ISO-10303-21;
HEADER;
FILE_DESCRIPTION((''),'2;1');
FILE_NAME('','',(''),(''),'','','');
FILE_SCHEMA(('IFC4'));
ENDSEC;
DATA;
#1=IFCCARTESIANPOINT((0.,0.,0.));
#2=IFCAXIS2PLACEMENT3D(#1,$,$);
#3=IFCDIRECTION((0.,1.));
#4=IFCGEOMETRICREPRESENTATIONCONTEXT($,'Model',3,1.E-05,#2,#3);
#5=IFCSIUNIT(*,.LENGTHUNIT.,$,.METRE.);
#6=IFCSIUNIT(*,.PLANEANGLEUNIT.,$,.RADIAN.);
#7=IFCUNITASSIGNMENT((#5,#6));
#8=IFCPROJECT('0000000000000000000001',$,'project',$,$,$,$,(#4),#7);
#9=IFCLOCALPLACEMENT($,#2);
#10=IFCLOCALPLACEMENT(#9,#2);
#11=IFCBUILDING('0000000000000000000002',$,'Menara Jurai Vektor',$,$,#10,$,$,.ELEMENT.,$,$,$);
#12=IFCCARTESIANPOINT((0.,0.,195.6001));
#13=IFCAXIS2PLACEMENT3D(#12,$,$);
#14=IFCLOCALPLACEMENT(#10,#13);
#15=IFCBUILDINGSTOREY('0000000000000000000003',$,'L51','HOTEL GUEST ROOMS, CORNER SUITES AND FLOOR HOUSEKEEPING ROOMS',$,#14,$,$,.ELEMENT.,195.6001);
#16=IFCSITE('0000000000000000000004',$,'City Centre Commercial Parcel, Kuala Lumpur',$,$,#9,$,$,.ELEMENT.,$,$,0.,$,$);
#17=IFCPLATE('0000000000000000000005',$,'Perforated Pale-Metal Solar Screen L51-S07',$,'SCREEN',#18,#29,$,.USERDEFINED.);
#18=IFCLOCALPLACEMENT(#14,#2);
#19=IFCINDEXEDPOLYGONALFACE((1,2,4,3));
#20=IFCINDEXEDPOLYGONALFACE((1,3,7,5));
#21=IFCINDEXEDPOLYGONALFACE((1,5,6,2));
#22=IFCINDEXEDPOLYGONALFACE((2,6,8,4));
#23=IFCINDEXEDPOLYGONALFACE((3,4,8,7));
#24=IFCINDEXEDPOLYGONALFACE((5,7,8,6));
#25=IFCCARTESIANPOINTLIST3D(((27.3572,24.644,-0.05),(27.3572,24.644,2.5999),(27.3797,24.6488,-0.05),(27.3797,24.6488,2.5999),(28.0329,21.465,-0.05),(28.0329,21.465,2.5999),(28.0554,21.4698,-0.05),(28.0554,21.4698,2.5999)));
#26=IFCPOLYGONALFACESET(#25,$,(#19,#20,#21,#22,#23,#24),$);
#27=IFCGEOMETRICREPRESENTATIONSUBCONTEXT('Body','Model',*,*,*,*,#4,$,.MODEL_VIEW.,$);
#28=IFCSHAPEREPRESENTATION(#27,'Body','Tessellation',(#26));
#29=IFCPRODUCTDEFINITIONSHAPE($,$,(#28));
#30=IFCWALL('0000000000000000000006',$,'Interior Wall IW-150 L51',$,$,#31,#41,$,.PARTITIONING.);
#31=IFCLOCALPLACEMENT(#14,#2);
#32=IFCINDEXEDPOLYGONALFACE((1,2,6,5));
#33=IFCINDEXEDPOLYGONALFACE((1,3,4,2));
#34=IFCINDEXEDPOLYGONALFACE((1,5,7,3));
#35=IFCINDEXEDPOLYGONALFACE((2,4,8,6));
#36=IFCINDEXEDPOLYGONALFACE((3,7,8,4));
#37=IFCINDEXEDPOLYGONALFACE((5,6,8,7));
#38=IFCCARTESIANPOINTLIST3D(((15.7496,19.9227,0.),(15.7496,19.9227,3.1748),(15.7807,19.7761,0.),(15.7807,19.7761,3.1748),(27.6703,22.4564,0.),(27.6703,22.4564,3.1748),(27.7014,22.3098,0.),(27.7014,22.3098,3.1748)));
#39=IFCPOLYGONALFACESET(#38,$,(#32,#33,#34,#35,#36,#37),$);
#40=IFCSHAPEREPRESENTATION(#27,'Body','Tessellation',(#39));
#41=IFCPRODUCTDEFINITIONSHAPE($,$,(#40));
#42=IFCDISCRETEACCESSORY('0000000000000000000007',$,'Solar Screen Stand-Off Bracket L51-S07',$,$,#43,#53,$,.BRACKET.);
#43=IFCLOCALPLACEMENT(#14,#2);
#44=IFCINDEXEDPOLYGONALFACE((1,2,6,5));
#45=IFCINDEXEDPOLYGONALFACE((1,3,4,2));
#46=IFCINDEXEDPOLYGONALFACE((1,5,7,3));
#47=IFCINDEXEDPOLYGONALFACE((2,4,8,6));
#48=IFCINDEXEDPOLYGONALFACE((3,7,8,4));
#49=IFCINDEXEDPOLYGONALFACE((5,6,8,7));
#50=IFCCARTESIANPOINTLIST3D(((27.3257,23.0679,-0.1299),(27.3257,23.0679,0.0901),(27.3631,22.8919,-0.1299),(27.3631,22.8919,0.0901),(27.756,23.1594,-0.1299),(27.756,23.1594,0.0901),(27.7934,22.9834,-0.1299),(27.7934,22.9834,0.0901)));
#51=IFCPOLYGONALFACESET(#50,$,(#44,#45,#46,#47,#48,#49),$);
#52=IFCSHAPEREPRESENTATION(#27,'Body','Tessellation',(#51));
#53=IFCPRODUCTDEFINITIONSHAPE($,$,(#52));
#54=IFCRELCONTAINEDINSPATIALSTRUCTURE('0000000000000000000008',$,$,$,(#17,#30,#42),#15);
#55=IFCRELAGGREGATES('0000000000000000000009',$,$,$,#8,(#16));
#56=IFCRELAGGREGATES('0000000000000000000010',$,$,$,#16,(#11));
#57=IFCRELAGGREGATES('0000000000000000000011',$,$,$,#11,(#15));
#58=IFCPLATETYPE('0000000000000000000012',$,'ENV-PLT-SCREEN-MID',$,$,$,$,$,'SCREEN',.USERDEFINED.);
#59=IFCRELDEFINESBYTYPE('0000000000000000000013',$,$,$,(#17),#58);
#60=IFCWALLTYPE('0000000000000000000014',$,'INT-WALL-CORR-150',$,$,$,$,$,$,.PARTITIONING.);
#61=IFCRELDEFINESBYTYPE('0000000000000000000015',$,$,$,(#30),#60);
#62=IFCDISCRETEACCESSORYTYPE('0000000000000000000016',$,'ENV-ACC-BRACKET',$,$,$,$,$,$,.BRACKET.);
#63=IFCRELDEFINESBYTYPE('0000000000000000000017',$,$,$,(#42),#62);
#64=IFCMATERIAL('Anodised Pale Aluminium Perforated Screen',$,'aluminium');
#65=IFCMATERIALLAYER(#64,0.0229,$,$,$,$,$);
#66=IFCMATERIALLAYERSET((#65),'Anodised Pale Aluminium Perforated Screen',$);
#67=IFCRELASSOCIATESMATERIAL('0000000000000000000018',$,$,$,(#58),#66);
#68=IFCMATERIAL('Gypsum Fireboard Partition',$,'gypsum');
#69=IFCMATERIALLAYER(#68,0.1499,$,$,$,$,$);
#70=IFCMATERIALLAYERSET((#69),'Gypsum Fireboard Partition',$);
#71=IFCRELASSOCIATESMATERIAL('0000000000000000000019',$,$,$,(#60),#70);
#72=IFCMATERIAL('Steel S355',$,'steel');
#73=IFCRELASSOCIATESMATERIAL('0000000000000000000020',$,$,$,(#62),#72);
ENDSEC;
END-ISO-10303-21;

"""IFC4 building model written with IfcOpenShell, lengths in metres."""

from ifc_helpers import new_model, si_unit, direction, frame, frame_2d, origin, origin_2d, place, context, subcontext, project, spatial, rectangle, extrude, material, layer, layer_set, type_object, element, save


model = new_model("IFC4")

# Units and contexts
model_context = context("Model", 3, precision=1e-05, world=origin(), true_north=direction((0.0, 1.0)))
body_context = subcontext(model_context, "Body", "Model", "MODEL_VIEW")
ifc_project = project(units=[si_unit("LENGTHUNIT", "METRE"), si_unit("PLANEANGLEUNIT", "RADIAN")], contexts=[model_context])

# Site, building, storey
site_placement = place(None, origin())
site = spatial("IfcSite", under=ifc_project, at=site_placement, Name="City Centre Commercial Parcel, Kuala Lumpur", CompositionType="ELEMENT", RefElevation=0.0)
building_placement = place(site_placement, origin())
building = spatial("IfcBuilding", under=site, at=building_placement, Name="Menara Jurai Vektor", CompositionType="ELEMENT")
storey_placement = place(building_placement, frame((0.0, 0.0, 195.6001)))
storey = spatial("IfcBuildingStorey", under=building, at=storey_placement, Name="L51", Description="HOTEL GUEST ROOMS, CORNER SUITES AND FLOOR HOUSEKEEPING ROOMS", CompositionType="ELEMENT", Elevation=195.6001)

# Shared definitions
ifc_material_1 = material(Name="Steel S355", Category="steel")

# Plate
ifc_material_2 = material(Name="Anodised Pale Aluminium Perforated Screen", Category="aluminium")
ifc_layer_1 = layer(ifc_material_2, 0.0229)
ifc_layer_set_1 = layer_set([ifc_layer_1], Name="Anodised Pale Aluminium Perforated Screen")
plate_type_1 = type_object("IfcPlateType", Name="ENV-PLT-SCREEN-MID", ElementType="SCREEN", PredefinedType="USERDEFINED", material=ifc_layer_set_1)
plate_1_placement = place(storey_placement, frame((27.7063, 23.0569, -0.05), z_axis=(0.0, 0.0, 1.0), x_axis=(-0.207912, 0.978148, 0.0)))
element("IfcPlate", 1, at=plate_1_placement, inside=storey, type_object=plate_type_1, Name="Perforated Pale-Metal Solar Screen L51-S07", ObjectType="SCREEN", PredefinedType="USERDEFINED", context=body_context, shape_type="SweptSolid", body=[
    extrude(rectangle(XDim=3.25, YDim=0.0229, at=origin_2d()), origin(), (0.0, 0.0, 1.0), 2.6499),
])

# Wall
ifc_material_3 = material(Name="Gypsum Fireboard Partition", Category="gypsum")
ifc_layer_2 = layer(ifc_material_3, 0.1499)
ifc_layer_set_2 = layer_set([ifc_layer_2], Name="Gypsum Fireboard Partition")
wall_type = type_object("IfcWallType", Name="INT-WALL-CORR-150", PredefinedType="PARTITIONING", material=ifc_layer_set_2)
wall_1_placement = place(storey_placement, frame((15.7651, 19.8494, 0.0), z_axis=(0.0, 0.0, 1.0), x_axis=(0.97815, 0.207902, 0.0)))
element("IfcWall", 2, at=wall_1_placement, inside=storey, type_object=wall_type, Name="Interior Wall IW-150 L51", PredefinedType="PARTITIONING", context=body_context, shape_type="SweptSolid", body=[
    extrude(rectangle(XDim=12.187, YDim=0.1499, at=frame_2d((6.0935, 0.0))), origin(), (0.0, 0.0, 1.0), 3.1748),
])

# Discrete accessory
discrete_accessory_type = type_object("IfcDiscreteAccessoryType", Name="ENV-ACC-BRACKET", PredefinedType="BRACKET", material=ifc_material_1)
discrete_accessory_placement = place(storey_placement, frame((27.5596, 23.0256, -0.1299), z_axis=(0.0, 0.0, 1.0), x_axis=(-0.207912, 0.978148, 0.0)))
element("IfcDiscreteAccessory", 3, at=discrete_accessory_placement, inside=storey, type_object=discrete_accessory_type, Name="Solar Screen Stand-Off Bracket L51-S07", PredefinedType="BRACKET", context=body_context, shape_type="SweptSolid", body=[
    extrude(rectangle(XDim=0.1799, YDim=0.4399, at=origin_2d()), origin(), (0.0, 0.0, 1.0), 0.22),
])

save(model, "model.ifc")
